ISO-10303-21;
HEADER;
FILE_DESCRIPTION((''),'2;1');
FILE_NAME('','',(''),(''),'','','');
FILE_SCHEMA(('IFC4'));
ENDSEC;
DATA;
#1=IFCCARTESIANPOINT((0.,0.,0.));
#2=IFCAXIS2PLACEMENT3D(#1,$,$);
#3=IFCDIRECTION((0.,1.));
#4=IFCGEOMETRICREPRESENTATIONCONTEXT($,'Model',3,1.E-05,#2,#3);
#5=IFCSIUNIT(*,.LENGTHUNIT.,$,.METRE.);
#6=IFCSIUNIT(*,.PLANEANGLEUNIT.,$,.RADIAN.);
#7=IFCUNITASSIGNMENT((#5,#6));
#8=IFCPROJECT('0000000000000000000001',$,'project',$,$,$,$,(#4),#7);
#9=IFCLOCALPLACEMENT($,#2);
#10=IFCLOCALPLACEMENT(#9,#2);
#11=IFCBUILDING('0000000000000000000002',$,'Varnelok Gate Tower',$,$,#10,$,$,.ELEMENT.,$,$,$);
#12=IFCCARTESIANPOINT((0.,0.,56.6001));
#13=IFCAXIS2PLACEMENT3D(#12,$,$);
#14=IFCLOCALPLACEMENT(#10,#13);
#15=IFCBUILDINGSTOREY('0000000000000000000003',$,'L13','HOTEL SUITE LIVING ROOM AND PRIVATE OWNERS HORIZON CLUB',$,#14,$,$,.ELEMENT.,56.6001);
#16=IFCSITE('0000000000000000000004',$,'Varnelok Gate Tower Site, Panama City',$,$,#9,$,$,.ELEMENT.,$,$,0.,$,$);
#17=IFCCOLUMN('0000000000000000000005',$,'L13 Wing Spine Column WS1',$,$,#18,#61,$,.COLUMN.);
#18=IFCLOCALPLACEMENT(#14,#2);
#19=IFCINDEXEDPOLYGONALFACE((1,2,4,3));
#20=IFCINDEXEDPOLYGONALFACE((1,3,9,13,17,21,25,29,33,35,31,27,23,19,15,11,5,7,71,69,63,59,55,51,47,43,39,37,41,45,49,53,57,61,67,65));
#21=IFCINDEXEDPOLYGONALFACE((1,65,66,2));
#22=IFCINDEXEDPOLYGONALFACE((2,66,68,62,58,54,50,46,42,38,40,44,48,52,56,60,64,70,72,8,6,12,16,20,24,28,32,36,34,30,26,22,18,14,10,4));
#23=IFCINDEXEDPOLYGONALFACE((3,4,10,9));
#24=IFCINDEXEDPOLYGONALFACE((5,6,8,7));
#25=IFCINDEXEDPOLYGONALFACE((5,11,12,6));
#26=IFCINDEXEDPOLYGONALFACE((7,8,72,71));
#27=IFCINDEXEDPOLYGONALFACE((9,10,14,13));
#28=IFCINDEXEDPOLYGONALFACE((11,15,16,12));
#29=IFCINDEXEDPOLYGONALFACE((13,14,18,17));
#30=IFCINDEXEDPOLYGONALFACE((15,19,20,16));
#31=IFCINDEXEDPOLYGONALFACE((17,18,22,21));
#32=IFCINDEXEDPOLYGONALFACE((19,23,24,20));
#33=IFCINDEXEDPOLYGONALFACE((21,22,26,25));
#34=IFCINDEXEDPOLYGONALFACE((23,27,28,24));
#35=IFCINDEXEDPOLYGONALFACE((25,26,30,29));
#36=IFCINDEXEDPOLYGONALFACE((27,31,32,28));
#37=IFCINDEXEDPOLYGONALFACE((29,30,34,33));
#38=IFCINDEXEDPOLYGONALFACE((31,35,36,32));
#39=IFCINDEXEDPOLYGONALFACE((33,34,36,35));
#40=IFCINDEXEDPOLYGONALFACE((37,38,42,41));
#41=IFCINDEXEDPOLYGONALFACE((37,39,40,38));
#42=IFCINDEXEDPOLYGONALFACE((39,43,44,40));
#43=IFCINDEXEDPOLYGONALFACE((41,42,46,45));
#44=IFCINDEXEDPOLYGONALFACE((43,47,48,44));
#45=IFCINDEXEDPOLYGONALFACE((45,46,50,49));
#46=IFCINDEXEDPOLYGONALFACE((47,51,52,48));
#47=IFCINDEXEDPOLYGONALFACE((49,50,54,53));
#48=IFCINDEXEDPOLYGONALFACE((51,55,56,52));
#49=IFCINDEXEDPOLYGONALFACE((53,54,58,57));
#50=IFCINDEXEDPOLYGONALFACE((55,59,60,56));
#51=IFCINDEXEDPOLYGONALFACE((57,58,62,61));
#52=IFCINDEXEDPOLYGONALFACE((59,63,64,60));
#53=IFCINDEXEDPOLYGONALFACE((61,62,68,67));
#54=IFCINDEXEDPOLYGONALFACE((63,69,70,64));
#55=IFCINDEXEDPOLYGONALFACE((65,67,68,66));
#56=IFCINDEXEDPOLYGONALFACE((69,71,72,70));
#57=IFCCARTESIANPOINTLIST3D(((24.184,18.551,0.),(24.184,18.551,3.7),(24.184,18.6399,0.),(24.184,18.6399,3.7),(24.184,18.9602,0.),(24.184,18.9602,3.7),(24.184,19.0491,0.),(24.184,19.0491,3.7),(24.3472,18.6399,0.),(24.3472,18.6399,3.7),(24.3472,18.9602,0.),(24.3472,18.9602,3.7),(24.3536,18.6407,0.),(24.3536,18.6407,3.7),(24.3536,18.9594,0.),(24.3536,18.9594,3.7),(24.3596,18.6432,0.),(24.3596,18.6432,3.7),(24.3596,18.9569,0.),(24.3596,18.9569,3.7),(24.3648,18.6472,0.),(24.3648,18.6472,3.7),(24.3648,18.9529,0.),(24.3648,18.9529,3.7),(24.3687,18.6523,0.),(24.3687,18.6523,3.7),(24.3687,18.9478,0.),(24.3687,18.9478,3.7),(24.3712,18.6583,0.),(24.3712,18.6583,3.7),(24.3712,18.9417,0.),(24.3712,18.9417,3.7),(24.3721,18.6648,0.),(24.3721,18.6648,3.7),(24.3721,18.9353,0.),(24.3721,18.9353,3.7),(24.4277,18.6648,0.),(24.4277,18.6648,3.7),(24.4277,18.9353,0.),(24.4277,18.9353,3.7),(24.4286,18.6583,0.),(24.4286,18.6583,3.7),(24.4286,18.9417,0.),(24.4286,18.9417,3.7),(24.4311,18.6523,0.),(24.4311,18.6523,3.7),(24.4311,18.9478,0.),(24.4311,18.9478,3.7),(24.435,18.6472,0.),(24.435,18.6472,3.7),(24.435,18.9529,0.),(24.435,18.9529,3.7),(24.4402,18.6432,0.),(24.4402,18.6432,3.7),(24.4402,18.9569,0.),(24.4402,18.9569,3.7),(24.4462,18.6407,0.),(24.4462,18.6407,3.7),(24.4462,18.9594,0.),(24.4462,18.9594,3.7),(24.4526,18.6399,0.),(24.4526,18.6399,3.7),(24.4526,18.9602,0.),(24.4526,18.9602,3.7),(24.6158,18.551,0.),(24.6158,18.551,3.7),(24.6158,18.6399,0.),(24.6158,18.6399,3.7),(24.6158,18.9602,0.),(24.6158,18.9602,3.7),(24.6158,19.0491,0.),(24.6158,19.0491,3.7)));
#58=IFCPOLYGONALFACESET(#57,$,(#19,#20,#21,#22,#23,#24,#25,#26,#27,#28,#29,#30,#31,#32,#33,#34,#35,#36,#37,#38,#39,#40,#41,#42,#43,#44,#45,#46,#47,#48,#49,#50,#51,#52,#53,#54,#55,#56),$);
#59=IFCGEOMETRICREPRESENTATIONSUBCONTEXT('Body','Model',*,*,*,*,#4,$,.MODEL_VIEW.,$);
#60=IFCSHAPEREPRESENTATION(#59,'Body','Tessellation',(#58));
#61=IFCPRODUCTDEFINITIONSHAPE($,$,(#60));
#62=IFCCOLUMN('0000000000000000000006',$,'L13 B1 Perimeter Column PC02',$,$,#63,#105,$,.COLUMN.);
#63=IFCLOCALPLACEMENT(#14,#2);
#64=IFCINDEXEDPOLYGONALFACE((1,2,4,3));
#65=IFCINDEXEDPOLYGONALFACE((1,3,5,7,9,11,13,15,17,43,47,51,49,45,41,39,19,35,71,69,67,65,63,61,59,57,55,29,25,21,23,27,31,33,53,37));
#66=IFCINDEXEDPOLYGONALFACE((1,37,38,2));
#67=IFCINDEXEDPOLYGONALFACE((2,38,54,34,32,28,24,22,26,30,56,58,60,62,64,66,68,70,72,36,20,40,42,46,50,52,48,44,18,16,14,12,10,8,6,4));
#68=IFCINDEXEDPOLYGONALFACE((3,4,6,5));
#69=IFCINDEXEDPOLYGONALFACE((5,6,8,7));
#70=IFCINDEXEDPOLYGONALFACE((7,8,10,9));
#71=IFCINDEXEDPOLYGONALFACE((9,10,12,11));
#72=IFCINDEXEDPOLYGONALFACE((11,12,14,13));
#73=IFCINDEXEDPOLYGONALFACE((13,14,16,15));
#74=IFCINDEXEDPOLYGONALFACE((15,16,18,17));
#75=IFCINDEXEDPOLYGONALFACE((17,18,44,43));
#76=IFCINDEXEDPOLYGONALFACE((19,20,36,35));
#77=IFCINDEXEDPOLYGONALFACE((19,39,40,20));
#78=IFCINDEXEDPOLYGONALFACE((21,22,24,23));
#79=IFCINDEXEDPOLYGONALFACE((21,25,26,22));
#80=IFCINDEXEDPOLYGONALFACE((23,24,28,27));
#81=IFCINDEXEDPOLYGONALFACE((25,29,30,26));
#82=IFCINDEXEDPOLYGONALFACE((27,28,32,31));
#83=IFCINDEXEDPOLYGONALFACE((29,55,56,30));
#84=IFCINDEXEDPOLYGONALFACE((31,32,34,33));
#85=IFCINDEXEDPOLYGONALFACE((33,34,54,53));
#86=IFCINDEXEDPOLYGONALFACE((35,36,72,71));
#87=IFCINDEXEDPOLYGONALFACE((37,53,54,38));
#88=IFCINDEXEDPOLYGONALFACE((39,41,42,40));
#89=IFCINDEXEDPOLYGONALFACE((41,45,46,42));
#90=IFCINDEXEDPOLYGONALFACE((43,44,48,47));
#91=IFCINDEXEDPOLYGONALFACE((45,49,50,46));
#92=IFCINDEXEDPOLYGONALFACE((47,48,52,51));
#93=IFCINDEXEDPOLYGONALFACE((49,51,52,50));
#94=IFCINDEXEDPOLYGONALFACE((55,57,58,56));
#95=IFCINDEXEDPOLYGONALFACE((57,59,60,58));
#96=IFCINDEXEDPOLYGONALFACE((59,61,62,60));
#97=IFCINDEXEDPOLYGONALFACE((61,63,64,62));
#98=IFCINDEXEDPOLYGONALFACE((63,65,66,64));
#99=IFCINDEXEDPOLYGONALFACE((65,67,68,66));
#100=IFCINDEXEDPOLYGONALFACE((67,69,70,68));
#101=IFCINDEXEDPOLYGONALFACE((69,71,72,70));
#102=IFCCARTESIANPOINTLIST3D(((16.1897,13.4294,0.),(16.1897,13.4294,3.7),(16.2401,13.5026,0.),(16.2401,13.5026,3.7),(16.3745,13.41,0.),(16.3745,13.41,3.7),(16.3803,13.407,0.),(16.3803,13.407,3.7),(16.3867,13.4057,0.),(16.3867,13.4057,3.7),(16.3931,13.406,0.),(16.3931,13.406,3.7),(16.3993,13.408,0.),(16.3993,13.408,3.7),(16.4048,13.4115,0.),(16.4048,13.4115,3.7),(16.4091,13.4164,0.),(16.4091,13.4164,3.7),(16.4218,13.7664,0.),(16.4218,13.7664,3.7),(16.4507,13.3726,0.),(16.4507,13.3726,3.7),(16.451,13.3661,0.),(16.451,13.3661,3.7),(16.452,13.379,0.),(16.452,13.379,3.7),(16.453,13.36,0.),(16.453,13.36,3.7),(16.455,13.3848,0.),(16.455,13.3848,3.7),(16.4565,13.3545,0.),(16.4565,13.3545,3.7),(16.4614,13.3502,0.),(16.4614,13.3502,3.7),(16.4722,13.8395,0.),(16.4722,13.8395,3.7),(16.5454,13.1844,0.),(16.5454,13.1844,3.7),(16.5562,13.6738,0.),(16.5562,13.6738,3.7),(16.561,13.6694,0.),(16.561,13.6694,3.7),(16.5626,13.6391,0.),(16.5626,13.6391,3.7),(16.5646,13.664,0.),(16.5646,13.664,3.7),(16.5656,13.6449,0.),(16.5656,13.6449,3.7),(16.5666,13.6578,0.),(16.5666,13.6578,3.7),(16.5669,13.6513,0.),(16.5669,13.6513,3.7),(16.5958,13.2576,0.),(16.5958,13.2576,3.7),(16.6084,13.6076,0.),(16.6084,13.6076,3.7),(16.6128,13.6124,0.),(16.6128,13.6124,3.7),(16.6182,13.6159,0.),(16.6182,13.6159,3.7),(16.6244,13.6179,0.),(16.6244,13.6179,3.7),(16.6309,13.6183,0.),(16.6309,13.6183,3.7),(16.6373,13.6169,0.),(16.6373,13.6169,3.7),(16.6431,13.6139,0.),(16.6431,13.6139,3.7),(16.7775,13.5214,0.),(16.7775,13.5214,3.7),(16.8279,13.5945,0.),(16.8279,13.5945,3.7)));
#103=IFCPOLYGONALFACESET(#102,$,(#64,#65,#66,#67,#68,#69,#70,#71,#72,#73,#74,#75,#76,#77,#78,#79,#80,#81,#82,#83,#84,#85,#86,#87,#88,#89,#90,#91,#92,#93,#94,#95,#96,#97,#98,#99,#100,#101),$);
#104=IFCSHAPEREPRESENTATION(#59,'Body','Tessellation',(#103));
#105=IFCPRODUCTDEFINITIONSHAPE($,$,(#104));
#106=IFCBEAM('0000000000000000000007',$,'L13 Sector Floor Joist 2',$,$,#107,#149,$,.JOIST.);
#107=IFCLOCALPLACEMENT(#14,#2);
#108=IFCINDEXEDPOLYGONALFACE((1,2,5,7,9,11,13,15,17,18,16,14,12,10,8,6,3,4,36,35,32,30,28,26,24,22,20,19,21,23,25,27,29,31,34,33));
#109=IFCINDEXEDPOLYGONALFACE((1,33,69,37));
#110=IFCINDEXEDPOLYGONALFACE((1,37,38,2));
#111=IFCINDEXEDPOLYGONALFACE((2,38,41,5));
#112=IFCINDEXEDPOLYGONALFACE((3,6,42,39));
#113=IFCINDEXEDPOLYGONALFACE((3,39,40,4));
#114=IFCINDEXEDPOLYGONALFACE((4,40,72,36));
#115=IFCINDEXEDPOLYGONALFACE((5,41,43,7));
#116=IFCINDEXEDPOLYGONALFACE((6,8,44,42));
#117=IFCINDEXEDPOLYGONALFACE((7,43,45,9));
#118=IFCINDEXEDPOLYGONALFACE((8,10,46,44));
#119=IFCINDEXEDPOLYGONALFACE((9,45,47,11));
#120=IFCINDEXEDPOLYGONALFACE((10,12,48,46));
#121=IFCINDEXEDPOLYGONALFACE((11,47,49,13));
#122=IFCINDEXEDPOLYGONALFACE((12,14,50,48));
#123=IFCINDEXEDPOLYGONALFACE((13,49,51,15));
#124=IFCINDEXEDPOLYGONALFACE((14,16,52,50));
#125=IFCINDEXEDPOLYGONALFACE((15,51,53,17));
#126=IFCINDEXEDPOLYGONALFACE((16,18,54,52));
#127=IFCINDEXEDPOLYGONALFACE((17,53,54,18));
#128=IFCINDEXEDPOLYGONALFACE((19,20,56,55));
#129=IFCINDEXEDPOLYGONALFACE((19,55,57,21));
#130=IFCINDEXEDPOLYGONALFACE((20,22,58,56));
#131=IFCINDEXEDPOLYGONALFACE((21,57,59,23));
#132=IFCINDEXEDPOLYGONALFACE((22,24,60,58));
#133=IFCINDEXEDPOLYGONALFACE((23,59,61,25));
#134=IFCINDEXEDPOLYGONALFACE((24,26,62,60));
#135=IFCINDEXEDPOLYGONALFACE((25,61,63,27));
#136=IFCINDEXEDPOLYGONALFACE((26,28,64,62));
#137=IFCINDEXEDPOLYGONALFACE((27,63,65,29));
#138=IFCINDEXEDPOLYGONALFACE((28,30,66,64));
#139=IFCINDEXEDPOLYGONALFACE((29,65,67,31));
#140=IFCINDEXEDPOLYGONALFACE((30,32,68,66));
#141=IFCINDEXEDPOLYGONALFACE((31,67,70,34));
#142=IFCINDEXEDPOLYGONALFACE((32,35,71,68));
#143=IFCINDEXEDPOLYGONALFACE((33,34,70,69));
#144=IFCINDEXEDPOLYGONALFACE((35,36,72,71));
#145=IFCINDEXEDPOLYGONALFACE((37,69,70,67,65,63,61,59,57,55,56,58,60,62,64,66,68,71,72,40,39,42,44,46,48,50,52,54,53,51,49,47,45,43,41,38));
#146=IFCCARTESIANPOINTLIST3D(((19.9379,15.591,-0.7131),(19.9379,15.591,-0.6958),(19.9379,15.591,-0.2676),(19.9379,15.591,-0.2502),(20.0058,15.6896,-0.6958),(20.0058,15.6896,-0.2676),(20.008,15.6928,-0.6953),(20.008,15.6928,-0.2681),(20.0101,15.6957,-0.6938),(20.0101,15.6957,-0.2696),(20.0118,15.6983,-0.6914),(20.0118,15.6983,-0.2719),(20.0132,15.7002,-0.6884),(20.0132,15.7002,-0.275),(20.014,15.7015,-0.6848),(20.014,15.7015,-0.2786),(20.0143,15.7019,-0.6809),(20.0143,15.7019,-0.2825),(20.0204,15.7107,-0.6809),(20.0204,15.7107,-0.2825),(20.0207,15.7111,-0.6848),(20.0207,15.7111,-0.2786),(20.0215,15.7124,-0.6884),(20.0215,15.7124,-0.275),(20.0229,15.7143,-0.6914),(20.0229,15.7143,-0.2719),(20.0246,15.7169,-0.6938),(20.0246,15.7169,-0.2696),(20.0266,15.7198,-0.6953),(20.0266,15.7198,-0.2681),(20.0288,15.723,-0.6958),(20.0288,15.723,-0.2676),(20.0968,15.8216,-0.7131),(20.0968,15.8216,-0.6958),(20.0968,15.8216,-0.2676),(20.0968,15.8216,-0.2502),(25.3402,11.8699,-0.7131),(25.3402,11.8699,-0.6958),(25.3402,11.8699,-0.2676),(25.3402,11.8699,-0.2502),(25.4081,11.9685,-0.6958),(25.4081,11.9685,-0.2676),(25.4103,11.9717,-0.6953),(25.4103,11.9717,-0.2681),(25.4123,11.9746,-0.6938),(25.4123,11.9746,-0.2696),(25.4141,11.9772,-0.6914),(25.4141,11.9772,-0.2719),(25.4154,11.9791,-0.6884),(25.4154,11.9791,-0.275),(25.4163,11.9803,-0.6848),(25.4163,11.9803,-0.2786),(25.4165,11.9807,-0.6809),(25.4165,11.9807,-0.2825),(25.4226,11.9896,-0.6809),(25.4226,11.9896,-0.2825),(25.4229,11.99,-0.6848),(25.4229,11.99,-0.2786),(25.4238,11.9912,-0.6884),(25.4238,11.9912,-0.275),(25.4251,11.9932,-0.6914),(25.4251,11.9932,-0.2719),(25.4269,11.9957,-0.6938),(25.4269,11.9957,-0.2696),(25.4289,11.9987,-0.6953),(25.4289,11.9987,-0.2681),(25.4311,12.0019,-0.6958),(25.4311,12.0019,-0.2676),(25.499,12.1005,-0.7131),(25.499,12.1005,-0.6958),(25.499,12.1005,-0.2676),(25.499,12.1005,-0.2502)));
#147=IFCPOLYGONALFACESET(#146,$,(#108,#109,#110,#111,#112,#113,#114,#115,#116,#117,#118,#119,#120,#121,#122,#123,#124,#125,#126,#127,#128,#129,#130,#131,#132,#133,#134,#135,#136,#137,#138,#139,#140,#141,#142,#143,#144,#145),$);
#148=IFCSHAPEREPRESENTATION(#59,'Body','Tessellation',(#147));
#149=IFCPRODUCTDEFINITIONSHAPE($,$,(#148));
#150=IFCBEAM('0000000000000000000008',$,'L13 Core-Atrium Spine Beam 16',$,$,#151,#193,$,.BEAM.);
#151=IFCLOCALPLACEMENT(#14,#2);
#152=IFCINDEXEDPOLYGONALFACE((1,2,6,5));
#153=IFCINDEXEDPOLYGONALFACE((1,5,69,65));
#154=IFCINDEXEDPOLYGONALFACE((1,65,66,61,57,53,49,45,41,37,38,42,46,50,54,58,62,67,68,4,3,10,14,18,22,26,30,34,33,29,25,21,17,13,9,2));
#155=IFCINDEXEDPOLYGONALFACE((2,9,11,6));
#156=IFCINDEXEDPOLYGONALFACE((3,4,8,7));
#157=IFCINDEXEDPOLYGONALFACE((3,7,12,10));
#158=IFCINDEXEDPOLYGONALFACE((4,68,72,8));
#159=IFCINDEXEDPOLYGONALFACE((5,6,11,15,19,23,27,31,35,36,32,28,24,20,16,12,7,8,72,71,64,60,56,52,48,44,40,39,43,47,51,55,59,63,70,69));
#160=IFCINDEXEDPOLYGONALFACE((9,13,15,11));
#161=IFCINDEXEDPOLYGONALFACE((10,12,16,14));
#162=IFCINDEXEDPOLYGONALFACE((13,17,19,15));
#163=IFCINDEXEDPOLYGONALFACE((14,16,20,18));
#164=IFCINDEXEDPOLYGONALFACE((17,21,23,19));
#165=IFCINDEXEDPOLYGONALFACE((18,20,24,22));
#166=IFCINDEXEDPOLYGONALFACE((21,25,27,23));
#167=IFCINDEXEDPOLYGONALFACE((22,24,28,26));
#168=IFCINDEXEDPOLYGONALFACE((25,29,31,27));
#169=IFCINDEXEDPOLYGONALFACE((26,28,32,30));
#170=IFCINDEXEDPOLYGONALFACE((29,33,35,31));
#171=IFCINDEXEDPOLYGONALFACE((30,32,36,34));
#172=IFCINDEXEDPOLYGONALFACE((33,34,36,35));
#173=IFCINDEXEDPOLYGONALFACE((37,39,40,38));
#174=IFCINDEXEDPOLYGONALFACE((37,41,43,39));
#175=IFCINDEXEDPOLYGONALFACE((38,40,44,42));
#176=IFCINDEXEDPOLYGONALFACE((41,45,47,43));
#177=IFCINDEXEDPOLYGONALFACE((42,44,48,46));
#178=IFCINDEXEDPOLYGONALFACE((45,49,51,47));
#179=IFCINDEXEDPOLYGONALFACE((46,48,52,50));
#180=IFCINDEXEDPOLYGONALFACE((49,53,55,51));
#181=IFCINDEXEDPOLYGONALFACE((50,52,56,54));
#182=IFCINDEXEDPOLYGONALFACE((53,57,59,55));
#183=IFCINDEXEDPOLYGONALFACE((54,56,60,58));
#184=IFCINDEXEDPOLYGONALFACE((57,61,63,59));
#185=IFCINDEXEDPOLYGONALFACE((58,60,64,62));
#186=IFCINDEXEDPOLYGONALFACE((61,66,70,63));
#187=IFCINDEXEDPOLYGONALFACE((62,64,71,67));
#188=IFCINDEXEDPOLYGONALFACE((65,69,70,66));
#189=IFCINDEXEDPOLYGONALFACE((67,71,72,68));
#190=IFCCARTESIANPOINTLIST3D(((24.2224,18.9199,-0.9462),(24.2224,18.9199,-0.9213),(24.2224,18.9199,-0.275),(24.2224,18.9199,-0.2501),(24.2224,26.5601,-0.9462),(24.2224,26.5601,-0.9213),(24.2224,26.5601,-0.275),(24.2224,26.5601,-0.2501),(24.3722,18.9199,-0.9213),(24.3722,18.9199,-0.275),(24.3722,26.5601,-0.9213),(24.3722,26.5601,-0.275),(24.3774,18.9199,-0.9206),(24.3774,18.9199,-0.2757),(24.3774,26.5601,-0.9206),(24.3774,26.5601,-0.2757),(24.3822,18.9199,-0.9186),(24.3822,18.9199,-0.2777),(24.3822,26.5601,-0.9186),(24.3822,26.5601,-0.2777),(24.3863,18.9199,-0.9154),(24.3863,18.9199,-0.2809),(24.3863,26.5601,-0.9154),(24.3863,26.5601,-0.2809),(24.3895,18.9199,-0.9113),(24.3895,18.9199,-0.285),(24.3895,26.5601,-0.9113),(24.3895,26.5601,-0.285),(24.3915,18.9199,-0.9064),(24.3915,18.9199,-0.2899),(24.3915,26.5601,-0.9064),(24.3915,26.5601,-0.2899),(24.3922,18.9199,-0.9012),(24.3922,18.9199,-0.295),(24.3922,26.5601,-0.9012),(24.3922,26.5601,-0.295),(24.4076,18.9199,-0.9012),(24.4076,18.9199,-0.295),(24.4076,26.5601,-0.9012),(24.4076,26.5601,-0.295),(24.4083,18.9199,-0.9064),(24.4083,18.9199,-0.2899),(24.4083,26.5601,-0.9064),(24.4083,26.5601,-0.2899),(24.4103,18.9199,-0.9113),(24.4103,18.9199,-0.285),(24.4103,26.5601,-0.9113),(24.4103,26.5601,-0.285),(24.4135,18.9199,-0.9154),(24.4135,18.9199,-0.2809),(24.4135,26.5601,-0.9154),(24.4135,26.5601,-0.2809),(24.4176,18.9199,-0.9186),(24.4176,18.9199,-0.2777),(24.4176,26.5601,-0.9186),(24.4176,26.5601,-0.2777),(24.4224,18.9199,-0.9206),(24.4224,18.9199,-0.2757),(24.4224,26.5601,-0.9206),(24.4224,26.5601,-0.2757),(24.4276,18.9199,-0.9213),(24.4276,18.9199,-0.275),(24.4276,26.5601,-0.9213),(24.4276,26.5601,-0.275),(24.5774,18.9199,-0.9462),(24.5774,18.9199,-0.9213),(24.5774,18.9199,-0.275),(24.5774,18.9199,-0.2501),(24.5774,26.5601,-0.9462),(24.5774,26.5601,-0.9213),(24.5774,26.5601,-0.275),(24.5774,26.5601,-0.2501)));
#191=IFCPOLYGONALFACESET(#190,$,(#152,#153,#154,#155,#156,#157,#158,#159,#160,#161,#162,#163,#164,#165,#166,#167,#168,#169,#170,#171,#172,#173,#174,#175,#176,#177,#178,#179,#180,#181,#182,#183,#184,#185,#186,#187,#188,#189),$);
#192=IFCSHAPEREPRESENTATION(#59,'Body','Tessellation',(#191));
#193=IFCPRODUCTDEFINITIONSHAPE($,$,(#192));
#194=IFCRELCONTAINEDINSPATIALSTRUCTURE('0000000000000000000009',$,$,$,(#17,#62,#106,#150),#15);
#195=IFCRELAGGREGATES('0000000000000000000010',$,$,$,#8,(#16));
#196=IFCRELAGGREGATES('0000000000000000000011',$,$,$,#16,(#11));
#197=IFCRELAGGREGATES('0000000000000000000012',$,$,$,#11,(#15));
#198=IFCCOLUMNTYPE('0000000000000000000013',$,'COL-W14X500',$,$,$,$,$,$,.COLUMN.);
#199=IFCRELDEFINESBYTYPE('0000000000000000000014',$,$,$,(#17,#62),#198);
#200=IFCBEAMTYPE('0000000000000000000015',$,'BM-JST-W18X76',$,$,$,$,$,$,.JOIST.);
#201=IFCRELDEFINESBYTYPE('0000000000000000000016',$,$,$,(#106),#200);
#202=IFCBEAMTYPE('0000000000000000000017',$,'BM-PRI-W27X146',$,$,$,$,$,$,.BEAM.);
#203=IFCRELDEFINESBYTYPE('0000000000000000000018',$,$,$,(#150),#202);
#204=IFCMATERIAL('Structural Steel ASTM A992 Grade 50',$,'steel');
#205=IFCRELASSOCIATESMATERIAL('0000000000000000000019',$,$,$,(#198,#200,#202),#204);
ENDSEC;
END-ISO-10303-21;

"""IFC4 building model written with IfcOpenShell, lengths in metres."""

from ifc_helpers import new_model, si_unit, direction, frame, origin, origin_2d, place, context, subcontext, project, spatial, i_section, extrude, material, material_profile, profile_set, type_object, element, save


model = new_model("IFC4")

# Units and contexts
model_context = context("Model", 3, precision=1e-05, world=origin(), true_north=direction((0.0, 1.0)))
body_context = subcontext(model_context, "Body", "Model", "MODEL_VIEW")
ifc_project = project(units=[si_unit("LENGTHUNIT", "METRE"), si_unit("PLANEANGLEUNIT", "RADIAN")], contexts=[model_context])

# Site, building, storey
site_placement = place(None, origin())
site = spatial("IfcSite", under=ifc_project, at=site_placement, Name="Varnelok Gate Tower Site, Panama City", CompositionType="ELEMENT", RefElevation=0.0)
building_placement = place(site_placement, origin())
building = spatial("IfcBuilding", under=site, at=building_placement, Name="Varnelok Gate Tower", CompositionType="ELEMENT")
storey_placement = place(building_placement, frame((0.0, 0.0, 56.6001)))
storey = spatial("IfcBuildingStorey", under=building, at=storey_placement, Name="L13", Description="HOTEL SUITE LIVING ROOM AND PRIVATE OWNERS HORIZON CLUB", CompositionType="ELEMENT", Elevation=56.6001)

# Columns
ifc_material_1 = material(Name="Structural Steel ASTM A992 Grade 50", Category="steel")
ifc_material_profile_1 = material_profile(ifc_material_1, i_section(OverallWidth=0.4319, OverallDepth=0.498, WebThickness=0.0557, FlangeThickness=0.0889, FilletRadius=0.0249, at=origin_2d()), Name="W14X500")
ifc_profile_set_1 = profile_set([ifc_material_profile_1], Name="Structural Steel ASTM A992 Grade 50")
column_type = type_object("IfcColumnType", Name="COL-W14X500", PredefinedType="COLUMN", material=ifc_profile_set_1)
for number, where, z_axis, x_axis, name in (
    (1, (24.3999, 18.8, 0.0), (0.0, 0.0, 1.0), (1.0, 0.0, 0.0), "L13 Wing Spine Column WS1"),
    (2, (16.5088, 13.512, 0.0), (0.0, 0.0, 1.0), (0.823533, -0.567269, 0.0), "L13 B1 Perimeter Column PC02"),
):
    element("IfcColumn", number, at=place(storey_placement, frame(where, z_axis=z_axis, x_axis=x_axis)), inside=storey, type_object=column_type, Name=name, PredefinedType="COLUMN", context=body_context, shape_type="SweptSolid", body=[
        extrude(i_section(OverallWidth=0.4319, OverallDepth=0.498, WebThickness=0.0557, FlangeThickness=0.0889, FilletRadius=0.0249, at=origin_2d()), origin(), (0.0, 0.0, 1.0), 3.7),
    ])

# Beams
ifc_material_profile_2 = material_profile(ifc_material_1, i_section(OverallWidth=0.28, OverallDepth=0.4629, WebThickness=0.0107, FlangeThickness=0.0173, FilletRadius=0.0149, at=origin_2d()), Name="W18X76")
ifc_profile_set_2 = profile_set([ifc_material_profile_2], Name="Structural Steel ASTM A992 Grade 50")
beam_type_1 = type_object("IfcBeamType", Name="BM-JST-W18X76", PredefinedType="JOIST", material=ifc_profile_set_2)
beam_1_placement = place(storey_placement, frame((20.0173, 15.7063, -0.4817), z_axis=(0.823538, -0.567261, 0.0), x_axis=(0.567261, 0.823538, 0.0)))
element("IfcBeam", 3, at=beam_1_placement, inside=storey, type_object=beam_type_1, Name="L13 Sector Floor Joist 2", PredefinedType="JOIST", context=body_context, shape_type="SweptSolid", body=[
    extrude(i_section(OverallWidth=0.28, OverallDepth=0.4629, WebThickness=0.0107, FlangeThickness=0.0173, FilletRadius=0.0149, at=origin_2d()), origin(), (0.0, 0.0, 1.0), 6.5598),
])
ifc_material_profile_3 = material_profile(ifc_material_1, i_section(OverallWidth=0.355, OverallDepth=0.696, WebThickness=0.0154, FlangeThickness=0.0249, FilletRadius=0.02, at=origin_2d()), Name="W27X146")
ifc_profile_set_3 = profile_set([ifc_material_profile_3], Name="Structural Steel ASTM A992 Grade 50")
beam_type_2 = type_object("IfcBeamType", Name="BM-PRI-W27X146", PredefinedType="BEAM", material=ifc_profile_set_3)
beam_2_placement = place(storey_placement, frame((24.3999, 18.9199, -0.5981), z_axis=(0.0, 1.0, 0.0), x_axis=(-1.0, 0.0, 0.0)))
element("IfcBeam", 4, at=beam_2_placement, inside=storey, type_object=beam_type_2, Name="L13 Core-Atrium Spine Beam 16", PredefinedType="BEAM", context=body_context, shape_type="SweptSolid", body=[
    extrude(i_section(OverallWidth=0.355, OverallDepth=0.696, WebThickness=0.0154, FlangeThickness=0.0249, FilletRadius=0.02, at=origin_2d()), origin(), (0.0, 0.0, 1.0), 7.6401),
])

save(model, "model.ifc")
